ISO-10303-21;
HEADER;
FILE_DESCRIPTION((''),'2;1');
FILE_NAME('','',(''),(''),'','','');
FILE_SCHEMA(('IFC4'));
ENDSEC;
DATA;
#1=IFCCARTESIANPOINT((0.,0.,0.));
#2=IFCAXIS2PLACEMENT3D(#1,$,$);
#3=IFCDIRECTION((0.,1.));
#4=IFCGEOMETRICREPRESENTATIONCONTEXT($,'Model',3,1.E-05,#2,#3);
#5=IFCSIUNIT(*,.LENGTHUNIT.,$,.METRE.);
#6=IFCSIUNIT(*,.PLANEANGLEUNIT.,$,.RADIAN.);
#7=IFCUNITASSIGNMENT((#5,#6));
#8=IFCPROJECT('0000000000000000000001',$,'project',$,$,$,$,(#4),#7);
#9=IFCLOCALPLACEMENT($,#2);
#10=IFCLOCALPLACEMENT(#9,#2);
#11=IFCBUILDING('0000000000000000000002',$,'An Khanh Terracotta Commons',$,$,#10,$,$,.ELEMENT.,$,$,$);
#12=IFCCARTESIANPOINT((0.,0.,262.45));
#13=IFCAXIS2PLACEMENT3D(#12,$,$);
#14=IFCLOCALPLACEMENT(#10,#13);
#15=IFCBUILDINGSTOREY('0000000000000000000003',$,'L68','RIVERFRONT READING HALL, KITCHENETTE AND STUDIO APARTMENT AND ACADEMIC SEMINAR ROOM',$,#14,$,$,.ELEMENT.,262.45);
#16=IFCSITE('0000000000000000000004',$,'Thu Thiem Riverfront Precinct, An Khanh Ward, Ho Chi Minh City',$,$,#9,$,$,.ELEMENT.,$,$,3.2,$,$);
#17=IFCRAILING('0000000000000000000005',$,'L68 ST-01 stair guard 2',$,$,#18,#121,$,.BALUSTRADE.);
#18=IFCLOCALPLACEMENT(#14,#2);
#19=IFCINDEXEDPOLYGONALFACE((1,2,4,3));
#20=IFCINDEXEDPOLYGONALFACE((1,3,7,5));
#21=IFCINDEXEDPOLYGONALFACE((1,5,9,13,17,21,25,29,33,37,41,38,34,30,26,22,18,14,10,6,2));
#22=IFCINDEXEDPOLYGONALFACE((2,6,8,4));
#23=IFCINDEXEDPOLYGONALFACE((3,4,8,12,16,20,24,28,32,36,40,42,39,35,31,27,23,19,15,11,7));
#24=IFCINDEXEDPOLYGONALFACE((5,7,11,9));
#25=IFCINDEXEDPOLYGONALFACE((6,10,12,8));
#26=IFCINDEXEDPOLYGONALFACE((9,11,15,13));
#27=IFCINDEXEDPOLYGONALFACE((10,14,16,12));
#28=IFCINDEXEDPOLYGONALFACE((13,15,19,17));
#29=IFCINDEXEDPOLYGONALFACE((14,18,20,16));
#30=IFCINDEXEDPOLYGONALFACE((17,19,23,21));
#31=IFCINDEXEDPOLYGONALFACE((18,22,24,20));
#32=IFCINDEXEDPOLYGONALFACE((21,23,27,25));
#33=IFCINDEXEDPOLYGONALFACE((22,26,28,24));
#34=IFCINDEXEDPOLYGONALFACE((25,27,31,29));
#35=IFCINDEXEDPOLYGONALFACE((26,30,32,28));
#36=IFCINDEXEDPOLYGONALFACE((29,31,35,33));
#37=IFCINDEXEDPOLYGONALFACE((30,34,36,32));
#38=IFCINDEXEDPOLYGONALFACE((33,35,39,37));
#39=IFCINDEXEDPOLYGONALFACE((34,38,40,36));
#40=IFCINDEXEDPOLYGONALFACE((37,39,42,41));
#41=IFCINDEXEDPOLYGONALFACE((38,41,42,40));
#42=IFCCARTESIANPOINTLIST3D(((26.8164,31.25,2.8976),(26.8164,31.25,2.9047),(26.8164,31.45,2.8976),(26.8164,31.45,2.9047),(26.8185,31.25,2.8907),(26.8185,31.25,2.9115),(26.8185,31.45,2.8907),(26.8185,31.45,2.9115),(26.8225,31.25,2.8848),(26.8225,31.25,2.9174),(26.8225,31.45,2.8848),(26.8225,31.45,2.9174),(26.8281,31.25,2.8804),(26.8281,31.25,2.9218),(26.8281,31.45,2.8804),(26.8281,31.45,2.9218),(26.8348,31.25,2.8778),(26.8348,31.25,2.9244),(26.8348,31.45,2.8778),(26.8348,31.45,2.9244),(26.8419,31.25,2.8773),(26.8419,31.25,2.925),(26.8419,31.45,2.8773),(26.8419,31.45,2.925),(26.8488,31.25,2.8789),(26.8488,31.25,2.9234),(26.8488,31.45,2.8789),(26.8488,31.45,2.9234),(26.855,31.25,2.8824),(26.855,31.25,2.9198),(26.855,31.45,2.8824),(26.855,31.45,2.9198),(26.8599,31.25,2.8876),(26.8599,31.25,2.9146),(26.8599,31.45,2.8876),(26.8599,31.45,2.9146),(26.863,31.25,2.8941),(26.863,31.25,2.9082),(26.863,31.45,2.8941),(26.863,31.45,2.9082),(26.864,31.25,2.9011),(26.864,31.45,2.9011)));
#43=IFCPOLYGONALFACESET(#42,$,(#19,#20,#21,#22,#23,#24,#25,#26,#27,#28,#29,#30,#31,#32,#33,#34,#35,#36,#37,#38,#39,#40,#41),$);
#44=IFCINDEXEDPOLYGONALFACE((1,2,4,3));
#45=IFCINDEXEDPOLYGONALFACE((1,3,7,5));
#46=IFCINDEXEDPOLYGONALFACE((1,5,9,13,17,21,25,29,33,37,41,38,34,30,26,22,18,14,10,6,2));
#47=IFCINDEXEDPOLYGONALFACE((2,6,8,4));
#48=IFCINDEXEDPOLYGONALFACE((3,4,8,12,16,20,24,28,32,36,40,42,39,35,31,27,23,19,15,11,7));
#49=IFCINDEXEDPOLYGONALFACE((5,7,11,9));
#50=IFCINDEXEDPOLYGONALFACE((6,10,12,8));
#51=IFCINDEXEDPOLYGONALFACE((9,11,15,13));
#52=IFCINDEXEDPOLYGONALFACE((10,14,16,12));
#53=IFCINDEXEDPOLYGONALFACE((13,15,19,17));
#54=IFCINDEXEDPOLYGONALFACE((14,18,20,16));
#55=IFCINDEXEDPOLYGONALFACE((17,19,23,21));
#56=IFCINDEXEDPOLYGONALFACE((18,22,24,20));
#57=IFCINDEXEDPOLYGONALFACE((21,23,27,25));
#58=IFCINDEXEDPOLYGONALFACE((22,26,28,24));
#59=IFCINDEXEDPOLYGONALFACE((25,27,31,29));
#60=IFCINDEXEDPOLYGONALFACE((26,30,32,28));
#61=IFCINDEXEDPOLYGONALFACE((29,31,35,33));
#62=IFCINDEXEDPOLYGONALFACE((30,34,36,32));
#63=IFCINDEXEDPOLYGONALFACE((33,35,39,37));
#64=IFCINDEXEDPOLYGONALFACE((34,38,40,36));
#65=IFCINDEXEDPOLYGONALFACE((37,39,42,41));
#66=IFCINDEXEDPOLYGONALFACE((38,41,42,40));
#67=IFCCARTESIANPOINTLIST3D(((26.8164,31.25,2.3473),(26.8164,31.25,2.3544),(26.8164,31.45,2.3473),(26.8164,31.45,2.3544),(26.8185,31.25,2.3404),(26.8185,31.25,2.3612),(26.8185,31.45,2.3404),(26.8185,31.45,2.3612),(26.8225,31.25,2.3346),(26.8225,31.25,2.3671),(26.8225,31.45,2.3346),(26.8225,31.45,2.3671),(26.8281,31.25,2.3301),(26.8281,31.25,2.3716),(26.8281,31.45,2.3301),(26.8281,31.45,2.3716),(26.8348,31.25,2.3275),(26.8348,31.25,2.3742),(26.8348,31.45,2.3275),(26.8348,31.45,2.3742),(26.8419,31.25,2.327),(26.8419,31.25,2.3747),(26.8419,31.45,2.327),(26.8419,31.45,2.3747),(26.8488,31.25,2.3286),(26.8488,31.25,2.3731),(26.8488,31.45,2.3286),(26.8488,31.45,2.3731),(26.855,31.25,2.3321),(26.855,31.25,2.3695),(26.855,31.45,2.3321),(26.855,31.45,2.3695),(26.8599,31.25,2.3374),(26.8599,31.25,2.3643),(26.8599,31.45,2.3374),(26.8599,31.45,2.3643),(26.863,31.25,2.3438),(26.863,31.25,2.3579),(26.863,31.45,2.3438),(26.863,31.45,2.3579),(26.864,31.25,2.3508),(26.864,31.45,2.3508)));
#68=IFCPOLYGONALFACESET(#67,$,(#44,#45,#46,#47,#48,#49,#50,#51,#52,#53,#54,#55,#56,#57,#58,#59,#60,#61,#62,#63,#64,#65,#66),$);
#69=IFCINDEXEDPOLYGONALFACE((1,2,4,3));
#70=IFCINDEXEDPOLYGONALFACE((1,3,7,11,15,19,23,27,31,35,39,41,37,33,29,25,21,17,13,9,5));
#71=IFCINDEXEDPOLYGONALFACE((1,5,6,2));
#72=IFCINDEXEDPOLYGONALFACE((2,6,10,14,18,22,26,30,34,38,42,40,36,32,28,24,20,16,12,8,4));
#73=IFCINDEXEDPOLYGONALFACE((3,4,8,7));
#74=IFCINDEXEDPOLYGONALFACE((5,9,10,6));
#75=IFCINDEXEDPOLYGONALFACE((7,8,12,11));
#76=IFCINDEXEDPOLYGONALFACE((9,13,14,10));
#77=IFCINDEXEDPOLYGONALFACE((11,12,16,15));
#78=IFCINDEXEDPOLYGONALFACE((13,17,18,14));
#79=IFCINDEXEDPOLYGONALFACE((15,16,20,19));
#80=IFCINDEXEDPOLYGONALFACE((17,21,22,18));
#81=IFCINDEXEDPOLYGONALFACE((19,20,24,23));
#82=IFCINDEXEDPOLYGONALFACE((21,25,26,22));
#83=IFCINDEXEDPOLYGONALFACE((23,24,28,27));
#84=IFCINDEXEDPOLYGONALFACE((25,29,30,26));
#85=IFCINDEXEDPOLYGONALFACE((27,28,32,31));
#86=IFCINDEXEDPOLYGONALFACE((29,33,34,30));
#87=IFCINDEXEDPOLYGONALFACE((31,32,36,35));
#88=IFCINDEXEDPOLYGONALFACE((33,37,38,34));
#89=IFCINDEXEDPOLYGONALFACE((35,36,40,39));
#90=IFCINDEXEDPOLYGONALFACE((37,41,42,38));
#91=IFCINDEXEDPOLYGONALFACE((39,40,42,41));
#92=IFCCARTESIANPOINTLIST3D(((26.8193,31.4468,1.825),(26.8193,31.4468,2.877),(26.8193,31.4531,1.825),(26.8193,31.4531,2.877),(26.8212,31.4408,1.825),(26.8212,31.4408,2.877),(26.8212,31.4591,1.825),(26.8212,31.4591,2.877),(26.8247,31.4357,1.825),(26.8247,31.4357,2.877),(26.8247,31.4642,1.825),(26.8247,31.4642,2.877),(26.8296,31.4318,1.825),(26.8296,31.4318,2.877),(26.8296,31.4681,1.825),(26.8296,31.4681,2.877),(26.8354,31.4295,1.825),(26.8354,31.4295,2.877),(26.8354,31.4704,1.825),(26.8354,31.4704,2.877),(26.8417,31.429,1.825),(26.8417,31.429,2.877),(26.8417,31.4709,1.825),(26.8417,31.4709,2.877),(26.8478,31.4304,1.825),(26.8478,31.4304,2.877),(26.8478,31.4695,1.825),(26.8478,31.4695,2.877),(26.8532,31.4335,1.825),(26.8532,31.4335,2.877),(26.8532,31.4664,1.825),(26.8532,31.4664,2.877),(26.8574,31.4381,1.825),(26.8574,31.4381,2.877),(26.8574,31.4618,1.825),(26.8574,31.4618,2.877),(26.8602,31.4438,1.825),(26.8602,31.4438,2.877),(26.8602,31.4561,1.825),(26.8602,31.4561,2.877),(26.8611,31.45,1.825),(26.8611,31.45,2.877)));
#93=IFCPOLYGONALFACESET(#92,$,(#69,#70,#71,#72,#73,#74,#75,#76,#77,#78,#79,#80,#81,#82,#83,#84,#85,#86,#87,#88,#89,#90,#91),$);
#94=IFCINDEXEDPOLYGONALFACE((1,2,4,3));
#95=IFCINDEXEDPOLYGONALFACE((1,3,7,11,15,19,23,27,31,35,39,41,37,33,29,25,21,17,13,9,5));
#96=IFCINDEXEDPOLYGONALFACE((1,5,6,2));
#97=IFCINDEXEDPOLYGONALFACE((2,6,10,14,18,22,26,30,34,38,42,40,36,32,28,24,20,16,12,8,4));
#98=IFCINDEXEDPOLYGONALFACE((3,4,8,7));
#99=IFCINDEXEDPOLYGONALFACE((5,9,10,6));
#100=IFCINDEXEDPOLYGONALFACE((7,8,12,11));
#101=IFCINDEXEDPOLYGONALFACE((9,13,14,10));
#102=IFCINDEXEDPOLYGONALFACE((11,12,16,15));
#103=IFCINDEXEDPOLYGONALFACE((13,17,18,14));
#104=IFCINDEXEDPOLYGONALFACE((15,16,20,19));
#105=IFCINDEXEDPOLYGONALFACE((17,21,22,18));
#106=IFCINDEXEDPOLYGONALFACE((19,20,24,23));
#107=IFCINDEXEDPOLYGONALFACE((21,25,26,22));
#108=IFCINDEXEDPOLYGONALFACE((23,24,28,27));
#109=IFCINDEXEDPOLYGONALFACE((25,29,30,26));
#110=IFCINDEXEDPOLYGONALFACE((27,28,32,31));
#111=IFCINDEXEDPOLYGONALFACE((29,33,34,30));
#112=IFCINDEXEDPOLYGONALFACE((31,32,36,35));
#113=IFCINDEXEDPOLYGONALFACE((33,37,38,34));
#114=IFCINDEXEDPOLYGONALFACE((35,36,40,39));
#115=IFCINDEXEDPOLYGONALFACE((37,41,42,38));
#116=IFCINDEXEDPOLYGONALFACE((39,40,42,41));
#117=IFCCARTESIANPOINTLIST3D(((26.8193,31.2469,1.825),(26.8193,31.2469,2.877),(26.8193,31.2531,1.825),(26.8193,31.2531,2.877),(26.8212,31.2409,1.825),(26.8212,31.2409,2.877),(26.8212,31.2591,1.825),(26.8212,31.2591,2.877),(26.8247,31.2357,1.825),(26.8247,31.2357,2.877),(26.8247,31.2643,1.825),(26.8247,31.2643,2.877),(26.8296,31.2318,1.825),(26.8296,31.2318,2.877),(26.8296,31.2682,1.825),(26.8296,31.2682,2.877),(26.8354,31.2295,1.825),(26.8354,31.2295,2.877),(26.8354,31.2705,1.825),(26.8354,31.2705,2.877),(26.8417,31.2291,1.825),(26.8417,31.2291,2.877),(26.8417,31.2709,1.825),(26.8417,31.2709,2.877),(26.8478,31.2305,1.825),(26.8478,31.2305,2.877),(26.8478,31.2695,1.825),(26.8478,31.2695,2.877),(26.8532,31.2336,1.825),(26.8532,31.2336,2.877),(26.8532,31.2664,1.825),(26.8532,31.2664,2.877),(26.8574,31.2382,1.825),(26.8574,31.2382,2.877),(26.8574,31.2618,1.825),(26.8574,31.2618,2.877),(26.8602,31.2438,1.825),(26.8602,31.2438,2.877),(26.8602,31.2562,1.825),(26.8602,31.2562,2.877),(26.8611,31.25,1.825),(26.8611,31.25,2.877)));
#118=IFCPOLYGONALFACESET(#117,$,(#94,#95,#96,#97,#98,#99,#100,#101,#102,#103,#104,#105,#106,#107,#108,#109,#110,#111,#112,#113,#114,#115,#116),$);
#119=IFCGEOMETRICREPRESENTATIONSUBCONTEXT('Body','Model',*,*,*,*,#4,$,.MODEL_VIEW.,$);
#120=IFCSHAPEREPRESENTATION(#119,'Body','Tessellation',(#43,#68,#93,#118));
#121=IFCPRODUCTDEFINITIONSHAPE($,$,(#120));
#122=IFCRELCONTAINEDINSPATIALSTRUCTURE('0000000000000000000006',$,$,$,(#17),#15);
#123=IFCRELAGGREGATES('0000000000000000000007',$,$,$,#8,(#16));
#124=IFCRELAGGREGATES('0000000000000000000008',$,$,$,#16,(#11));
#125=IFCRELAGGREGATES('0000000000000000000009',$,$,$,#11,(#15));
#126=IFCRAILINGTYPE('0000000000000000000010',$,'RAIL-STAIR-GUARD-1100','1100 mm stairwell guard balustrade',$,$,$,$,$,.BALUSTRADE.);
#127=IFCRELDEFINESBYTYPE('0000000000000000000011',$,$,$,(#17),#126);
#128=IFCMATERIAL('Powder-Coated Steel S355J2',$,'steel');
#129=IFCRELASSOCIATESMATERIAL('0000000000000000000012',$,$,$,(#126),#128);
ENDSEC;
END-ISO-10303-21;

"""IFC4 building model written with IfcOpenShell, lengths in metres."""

from ifc_helpers import new_model, si_unit, direction, frame, origin, origin_2d, place, context, subcontext, project, spatial, circle, extrude, material, type_object, element, save


model = new_model("IFC4")

# Units and contexts
model_context = context("Model", 3, precision=1e-05, world=origin(), true_north=direction((0.0, 1.0)))
body_context = subcontext(model_context, "Body", "Model", "MODEL_VIEW")
ifc_project = project(units=[si_unit("LENGTHUNIT", "METRE"), si_unit("PLANEANGLEUNIT", "RADIAN")], contexts=[model_context])

# Site, building, storey
site_placement = place(None, origin())
site = spatial("IfcSite", under=ifc_project, at=site_placement, Name="Thu Thiem Riverfront Precinct, An Khanh Ward, Ho Chi Minh City", CompositionType="ELEMENT", RefElevation=3.2)
building_placement = place(site_placement, origin())
building = spatial("IfcBuilding", under=site, at=building_placement, Name="An Khanh Terracotta Commons", CompositionType="ELEMENT")
storey_placement = place(building_placement, frame((0.0, 0.0, 262.45)))
storey = spatial("IfcBuildingStorey", under=building, at=storey_placement, Name="L68", Description="RIVERFRONT READING HALL, KITCHENETTE AND STUDIO APARTMENT AND ACADEMIC SEMINAR ROOM", CompositionType="ELEMENT", Elevation=262.45)

# Railing
ifc_material_1 = material(Name="Powder-Coated Steel S355J2", Category="steel")
railing_type_1 = type_object("IfcRailingType", Name="RAIL-STAIR-GUARD-1100", Description="1100 mm stairwell guard balustrade", PredefinedType="BALUSTRADE", material=ifc_material_1)
railing_1_placement = place(storey_placement, frame((26.8401, 31.45, 1.825)))
element("IfcRailing", 1, at=railing_1_placement, inside=storey, type_object=railing_type_1, Name="L68 ST-01 stair guard 2", PredefinedType="BALUSTRADE", context=body_context, shape_type="SweptSolid", body=[
    extrude(circle(Radius=0.0239, at=origin_2d()), frame((0.0, 0.0, 1.0762), z_axis=(0.0, -1.0, 0.0), x_axis=(1.0, 0.0, 0.0)), (0.0, 0.0, 1.0), 0.2),
    extrude(circle(Radius=0.0239, at=origin_2d()), frame((0.0, 0.0, 0.5259), z_axis=(0.0, -1.0, 0.0), x_axis=(1.0, 0.0, 0.0)), (0.0, 0.0, 1.0), 0.2),
    extrude(circle(Radius=0.021, at=origin_2d()), origin(), (0.0, 0.0, 1.0), 1.052),
    extrude(circle(Radius=0.021, at=origin_2d()), frame((0.0, -0.2, 0.0)), (0.0, 0.0, 1.0), 1.052),
])

save(model, "model.ifc")
